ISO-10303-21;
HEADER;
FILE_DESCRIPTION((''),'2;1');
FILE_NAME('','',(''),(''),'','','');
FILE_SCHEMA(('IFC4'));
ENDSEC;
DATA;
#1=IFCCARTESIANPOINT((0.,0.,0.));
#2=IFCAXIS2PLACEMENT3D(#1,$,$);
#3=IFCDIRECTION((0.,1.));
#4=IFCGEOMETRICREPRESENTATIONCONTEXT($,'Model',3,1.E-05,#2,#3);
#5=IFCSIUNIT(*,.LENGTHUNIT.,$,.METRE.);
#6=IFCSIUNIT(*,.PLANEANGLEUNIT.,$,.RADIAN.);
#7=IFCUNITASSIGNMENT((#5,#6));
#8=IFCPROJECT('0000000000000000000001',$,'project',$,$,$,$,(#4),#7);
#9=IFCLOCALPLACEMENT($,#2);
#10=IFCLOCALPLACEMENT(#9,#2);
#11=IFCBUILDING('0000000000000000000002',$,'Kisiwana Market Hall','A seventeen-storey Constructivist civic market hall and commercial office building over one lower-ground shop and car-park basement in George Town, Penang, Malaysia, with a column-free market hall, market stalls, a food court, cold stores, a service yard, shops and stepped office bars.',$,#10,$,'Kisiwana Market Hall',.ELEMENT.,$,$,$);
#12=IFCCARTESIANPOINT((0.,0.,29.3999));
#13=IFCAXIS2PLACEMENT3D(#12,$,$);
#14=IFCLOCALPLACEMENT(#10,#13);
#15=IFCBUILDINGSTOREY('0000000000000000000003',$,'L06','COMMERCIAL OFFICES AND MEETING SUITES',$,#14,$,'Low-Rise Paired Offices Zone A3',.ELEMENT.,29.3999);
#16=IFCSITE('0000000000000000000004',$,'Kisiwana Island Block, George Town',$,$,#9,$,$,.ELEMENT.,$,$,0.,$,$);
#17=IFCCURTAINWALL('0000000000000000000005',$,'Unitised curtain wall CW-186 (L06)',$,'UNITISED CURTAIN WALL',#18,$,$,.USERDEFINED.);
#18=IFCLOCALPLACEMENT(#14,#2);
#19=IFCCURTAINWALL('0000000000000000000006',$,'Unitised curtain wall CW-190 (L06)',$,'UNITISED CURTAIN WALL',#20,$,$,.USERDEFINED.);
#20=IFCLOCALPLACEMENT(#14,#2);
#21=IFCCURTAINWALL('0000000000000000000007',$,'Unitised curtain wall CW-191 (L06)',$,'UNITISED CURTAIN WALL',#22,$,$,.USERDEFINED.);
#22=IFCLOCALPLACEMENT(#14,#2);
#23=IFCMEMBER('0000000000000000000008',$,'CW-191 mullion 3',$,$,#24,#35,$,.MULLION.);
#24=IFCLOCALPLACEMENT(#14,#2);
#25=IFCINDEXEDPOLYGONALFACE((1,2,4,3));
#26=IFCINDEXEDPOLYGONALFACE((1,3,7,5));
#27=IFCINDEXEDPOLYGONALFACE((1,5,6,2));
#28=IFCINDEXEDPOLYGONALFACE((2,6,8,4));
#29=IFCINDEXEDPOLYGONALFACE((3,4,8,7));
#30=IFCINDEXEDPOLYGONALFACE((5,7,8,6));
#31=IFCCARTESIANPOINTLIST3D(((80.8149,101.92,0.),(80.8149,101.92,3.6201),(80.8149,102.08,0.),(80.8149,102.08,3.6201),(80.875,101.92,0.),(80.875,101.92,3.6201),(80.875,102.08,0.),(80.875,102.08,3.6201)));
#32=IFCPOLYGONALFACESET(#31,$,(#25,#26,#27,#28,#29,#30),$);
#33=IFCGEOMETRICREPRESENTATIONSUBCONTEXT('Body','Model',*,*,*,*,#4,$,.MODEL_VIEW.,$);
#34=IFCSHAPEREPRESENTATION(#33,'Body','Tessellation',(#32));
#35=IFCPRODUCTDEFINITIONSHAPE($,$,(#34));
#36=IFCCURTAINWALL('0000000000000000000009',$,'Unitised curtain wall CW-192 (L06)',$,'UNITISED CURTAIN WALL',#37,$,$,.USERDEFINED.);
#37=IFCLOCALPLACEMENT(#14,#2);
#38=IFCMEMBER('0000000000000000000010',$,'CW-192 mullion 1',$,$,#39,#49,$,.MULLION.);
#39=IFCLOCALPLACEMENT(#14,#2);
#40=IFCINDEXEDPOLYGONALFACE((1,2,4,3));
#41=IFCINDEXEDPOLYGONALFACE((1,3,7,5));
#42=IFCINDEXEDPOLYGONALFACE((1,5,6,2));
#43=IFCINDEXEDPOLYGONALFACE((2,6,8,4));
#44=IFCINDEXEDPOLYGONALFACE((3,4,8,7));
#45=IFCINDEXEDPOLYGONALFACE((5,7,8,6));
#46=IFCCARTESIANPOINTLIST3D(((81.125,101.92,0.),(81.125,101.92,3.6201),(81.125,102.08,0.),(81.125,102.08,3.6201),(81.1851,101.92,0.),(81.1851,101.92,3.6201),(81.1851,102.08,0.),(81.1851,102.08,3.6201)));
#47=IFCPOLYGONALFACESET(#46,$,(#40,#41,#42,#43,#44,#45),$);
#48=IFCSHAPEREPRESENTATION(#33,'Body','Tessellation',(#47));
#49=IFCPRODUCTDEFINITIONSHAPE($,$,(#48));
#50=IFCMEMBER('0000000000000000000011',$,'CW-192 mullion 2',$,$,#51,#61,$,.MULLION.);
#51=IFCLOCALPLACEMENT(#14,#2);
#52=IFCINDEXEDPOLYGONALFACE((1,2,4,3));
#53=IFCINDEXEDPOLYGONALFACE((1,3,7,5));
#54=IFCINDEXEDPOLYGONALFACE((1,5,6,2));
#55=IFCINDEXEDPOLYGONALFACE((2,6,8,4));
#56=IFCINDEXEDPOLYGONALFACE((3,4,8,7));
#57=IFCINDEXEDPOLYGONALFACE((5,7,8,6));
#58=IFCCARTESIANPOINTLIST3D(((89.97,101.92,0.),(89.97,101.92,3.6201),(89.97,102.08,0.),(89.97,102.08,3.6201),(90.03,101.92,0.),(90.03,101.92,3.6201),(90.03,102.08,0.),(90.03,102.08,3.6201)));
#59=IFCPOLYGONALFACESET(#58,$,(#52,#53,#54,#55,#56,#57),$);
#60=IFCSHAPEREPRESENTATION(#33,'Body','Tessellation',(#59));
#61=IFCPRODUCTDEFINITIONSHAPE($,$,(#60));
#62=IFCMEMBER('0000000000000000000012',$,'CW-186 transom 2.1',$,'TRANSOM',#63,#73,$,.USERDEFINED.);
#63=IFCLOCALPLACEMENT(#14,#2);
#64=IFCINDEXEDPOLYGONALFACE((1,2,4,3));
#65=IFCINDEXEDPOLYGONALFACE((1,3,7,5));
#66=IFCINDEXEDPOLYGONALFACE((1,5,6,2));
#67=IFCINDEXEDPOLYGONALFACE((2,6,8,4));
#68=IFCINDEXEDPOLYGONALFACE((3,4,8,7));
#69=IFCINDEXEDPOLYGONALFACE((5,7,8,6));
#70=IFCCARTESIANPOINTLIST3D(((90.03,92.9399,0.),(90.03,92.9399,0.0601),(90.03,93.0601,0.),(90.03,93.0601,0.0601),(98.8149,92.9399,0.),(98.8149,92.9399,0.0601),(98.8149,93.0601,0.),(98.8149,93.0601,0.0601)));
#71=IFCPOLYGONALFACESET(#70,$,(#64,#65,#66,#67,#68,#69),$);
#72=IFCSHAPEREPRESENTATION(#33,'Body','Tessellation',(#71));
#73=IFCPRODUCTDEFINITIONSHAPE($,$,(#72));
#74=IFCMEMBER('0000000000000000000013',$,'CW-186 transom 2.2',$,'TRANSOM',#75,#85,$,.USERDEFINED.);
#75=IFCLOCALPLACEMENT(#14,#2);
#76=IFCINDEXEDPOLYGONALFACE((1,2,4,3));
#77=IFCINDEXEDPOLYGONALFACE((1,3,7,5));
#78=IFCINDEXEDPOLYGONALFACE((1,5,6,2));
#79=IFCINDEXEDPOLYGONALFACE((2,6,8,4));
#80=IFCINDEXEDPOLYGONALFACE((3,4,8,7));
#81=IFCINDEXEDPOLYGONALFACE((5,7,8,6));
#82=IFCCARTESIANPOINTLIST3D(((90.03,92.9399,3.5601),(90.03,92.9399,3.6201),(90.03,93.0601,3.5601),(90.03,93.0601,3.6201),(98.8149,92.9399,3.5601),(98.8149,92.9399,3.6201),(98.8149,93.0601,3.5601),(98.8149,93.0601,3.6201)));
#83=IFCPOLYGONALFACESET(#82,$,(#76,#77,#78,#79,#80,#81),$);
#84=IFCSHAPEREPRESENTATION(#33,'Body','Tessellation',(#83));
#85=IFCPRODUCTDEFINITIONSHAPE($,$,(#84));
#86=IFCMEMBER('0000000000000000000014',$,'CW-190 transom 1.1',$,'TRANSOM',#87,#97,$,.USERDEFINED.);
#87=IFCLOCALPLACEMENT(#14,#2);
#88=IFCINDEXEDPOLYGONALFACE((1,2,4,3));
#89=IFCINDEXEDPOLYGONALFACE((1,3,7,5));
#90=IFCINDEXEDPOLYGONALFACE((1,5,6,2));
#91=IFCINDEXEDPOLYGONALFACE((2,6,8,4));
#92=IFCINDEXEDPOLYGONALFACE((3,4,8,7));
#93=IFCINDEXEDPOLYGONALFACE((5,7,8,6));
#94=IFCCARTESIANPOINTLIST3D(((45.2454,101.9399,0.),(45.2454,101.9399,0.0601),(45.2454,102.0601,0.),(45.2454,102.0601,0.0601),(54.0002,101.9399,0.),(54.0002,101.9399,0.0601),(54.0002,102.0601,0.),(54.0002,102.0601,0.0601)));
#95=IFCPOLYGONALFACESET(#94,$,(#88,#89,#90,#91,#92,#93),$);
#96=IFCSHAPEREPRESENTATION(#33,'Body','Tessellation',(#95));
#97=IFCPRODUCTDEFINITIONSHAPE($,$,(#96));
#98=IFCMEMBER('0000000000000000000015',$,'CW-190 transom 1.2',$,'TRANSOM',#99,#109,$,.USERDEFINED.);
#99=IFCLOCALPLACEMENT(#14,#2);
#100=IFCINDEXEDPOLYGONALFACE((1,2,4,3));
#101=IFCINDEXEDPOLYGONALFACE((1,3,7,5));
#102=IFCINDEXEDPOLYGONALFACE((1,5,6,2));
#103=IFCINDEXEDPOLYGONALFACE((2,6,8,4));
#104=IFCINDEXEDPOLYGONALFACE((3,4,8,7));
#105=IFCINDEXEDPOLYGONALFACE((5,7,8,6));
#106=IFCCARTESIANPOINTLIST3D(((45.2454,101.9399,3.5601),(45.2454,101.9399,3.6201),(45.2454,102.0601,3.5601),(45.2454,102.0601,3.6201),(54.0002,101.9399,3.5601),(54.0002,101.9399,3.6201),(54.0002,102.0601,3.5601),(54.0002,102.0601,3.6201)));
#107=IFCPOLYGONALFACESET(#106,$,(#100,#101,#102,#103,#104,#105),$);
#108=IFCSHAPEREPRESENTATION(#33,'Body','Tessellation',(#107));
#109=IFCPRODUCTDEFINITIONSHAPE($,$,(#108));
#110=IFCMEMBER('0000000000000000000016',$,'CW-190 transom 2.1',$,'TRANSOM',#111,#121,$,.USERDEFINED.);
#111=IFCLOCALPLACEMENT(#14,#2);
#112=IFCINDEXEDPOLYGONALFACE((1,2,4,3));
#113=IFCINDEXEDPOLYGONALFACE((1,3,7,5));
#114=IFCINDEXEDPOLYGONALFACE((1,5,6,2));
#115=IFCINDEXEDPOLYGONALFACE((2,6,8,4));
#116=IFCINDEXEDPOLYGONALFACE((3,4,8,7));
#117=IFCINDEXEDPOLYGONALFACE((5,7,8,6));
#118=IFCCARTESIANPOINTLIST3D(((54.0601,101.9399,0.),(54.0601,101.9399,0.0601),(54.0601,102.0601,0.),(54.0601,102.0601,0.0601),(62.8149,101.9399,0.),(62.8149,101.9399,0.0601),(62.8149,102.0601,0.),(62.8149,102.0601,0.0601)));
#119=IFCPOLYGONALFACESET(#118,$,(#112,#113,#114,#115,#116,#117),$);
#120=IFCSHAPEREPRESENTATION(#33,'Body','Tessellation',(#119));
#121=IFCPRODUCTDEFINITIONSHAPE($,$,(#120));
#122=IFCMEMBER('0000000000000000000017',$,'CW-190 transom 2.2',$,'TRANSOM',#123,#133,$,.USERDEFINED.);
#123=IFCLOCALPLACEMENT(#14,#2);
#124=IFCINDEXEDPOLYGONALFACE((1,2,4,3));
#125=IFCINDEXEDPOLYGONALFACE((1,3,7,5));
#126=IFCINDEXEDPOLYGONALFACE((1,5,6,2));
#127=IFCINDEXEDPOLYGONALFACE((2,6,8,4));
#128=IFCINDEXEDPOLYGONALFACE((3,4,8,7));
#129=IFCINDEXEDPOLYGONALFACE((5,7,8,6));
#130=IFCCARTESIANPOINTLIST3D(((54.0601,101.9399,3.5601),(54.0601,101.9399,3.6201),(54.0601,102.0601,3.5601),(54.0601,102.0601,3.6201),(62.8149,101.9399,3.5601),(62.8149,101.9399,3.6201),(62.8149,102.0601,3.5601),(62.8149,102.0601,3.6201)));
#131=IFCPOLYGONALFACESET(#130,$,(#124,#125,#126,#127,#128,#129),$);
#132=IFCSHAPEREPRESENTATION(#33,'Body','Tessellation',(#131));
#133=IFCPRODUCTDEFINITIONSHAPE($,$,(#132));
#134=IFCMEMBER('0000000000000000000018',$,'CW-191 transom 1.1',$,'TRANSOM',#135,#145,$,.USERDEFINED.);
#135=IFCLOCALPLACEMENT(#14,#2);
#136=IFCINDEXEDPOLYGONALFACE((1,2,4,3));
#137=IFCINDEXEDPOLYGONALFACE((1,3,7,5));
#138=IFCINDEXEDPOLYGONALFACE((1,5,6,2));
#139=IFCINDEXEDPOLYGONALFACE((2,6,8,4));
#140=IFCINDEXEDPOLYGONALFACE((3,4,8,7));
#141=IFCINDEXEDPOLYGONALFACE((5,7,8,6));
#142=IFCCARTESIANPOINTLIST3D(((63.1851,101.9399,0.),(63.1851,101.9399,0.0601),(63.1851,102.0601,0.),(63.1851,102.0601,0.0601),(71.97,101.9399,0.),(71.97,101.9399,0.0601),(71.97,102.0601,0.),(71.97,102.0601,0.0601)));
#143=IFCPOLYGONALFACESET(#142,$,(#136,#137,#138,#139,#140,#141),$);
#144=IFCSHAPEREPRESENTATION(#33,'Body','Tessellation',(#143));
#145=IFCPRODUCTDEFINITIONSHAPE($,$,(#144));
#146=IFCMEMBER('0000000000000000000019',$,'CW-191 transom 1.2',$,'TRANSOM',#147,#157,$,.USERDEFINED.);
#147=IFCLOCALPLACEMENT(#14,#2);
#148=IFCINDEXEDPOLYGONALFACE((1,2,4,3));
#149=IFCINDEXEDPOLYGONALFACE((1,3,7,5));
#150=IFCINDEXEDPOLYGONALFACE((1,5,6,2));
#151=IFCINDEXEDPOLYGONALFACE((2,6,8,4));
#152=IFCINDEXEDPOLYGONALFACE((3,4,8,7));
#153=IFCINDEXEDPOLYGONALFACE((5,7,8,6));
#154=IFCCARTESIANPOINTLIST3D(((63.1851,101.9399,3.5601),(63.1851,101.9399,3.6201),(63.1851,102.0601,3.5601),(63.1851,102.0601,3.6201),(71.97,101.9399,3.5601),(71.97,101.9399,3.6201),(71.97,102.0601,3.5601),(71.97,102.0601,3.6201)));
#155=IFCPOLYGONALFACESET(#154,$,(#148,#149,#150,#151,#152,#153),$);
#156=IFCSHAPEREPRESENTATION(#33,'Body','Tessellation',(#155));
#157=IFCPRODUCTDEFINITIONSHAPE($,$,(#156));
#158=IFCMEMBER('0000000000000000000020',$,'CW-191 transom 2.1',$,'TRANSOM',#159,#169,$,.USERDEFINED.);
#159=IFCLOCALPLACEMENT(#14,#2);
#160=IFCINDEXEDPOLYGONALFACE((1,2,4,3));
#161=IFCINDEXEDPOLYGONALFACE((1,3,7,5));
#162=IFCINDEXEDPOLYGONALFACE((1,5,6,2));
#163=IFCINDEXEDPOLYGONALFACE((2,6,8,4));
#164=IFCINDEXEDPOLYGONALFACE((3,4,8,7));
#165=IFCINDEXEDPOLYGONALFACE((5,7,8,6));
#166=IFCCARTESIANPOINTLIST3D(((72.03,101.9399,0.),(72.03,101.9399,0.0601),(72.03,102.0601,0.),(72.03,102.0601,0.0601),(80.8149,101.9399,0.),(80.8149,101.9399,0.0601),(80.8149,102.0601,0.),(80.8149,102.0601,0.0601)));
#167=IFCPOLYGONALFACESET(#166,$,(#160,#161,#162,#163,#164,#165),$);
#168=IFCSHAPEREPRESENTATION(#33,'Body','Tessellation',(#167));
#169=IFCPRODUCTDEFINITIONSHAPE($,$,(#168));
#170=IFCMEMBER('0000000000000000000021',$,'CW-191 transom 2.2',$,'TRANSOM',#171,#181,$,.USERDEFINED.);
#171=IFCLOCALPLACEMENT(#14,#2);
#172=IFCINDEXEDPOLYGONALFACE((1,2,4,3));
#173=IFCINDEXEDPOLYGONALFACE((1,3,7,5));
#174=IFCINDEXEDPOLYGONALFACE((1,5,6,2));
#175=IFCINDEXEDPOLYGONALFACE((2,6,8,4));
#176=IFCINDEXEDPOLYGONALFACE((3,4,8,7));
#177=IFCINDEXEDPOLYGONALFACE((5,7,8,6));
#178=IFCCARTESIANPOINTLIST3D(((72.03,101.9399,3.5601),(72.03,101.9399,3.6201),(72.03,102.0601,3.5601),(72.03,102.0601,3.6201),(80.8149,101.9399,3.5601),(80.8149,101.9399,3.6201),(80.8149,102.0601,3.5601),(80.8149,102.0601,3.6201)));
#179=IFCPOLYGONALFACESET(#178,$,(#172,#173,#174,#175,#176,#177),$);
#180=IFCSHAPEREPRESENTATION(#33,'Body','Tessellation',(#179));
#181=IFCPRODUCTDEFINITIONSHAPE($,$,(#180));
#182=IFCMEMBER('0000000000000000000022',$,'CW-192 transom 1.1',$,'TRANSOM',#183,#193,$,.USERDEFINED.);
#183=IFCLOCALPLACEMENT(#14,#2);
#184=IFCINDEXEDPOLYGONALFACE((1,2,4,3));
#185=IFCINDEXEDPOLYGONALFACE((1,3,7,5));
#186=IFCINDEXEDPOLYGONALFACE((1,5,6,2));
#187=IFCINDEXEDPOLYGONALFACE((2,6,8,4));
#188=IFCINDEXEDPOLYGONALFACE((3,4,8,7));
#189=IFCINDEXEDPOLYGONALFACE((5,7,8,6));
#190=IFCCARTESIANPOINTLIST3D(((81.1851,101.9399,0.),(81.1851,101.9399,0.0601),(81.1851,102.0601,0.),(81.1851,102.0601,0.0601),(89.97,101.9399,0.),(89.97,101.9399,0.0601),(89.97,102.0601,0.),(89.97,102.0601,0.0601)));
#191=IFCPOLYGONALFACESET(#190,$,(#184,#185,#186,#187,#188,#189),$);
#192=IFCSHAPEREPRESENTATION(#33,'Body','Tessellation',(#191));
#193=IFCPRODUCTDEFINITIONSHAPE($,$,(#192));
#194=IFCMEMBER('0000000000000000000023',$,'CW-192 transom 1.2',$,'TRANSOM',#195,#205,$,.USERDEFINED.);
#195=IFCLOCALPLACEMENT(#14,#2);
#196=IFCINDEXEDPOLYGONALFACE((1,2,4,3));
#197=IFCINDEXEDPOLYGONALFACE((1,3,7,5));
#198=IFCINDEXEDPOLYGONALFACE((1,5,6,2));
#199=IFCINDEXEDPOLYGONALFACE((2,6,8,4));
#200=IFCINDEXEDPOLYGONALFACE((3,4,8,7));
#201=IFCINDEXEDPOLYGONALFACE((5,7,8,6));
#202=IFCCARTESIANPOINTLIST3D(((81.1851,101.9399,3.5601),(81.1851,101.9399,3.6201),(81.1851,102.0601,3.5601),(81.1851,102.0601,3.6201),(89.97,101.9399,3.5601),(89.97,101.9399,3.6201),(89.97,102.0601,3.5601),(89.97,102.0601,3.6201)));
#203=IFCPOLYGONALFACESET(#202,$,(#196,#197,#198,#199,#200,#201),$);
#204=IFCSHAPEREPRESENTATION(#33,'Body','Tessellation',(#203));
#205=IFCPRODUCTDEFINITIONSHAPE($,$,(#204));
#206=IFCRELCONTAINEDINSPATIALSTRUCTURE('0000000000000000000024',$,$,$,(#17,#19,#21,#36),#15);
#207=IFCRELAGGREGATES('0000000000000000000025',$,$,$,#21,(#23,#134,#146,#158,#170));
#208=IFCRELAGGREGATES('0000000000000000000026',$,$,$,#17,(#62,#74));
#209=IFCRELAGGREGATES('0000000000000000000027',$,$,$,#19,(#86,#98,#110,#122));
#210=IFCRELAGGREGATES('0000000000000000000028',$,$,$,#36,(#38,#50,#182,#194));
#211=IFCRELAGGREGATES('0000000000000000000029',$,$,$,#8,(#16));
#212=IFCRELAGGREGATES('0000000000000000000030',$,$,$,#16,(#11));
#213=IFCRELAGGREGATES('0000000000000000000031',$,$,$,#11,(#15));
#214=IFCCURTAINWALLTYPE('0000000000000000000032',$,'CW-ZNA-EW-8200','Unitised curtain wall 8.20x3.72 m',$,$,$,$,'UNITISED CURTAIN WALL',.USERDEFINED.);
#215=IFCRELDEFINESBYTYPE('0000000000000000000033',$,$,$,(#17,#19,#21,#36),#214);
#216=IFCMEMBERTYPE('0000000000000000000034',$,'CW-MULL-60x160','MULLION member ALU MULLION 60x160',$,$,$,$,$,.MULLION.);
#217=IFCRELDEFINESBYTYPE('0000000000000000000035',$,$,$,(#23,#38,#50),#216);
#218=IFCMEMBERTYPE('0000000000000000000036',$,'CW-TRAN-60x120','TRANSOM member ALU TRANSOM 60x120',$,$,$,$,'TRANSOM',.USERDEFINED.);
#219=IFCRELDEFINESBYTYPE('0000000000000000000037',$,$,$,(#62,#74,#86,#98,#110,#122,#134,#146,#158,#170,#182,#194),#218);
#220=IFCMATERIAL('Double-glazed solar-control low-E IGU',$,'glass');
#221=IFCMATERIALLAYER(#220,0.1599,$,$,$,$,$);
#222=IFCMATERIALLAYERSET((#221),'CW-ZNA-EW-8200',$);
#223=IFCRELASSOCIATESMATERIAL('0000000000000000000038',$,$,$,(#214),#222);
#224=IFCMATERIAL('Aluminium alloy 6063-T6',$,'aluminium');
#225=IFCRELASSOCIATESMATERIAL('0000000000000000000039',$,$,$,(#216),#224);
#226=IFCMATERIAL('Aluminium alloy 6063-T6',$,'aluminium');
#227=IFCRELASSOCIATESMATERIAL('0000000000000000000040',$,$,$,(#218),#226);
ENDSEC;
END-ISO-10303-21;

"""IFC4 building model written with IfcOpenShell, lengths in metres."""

from ifc_helpers import new_model, si_unit, direction, frame, origin, origin_2d, place, context, subcontext, project, spatial, rectangle, extrude, material, layer, layer_set, material_profile, profile_set, type_object, element, aggregate, save


model = new_model("IFC4")

# Units and contexts
model_context = context("Model", 3, precision=1e-05, world=origin(), true_north=direction((0.0, 1.0)))
body_context = subcontext(model_context, "Body", "Model", "MODEL_VIEW")
ifc_project = project(units=[si_unit("LENGTHUNIT", "METRE"), si_unit("PLANEANGLEUNIT", "RADIAN")], contexts=[model_context])

# Site, building, storey
site_placement = place(None, origin())
site = spatial("IfcSite", under=ifc_project, at=site_placement, Name="Kisiwana Island Block, George Town", CompositionType="ELEMENT", RefElevation=0.0)
building_placement = place(site_placement, origin())
building = spatial("IfcBuilding", under=site, at=building_placement, Name="Kisiwana Market Hall", Description="A seventeen-storey Constructivist civic market hall and commercial office building over one lower-ground shop and car-park basement in George Town, Penang, Malaysia, with a column-free market hall, market stalls, a food court, cold stores, a service yard, shops and stepped office bars.", LongName="Kisiwana Market Hall", CompositionType="ELEMENT")
storey_placement = place(building_placement, frame((0.0, 0.0, 29.3999)))
storey = spatial("IfcBuildingStorey", under=building, at=storey_placement, Name="L06", Description="COMMERCIAL OFFICES AND MEETING SUITES", LongName="Low-Rise Paired Offices Zone A3", CompositionType="ELEMENT", Elevation=29.3999)

# Curtain wall
ifc_material_1 = material(Name="Double-glazed solar-control low-E IGU", Category="glass")
ifc_layer_1 = layer(ifc_material_1, 0.1599)
ifc_layer_set_1 = layer_set([ifc_layer_1], Name="CW-ZNA-EW-8200")
curtain_wall_type = type_object("IfcCurtainWallType", Name="CW-ZNA-EW-8200", Description="Unitised curtain wall 8.20x3.72 m", ElementType="UNITISED CURTAIN WALL", PredefinedType="USERDEFINED", material=ifc_layer_set_1)
curtain_wall_1_placement = place(storey_placement, origin())
curtain_wall_1 = element("IfcCurtainWall", 1, at=curtain_wall_1_placement, inside=storey, type_object=curtain_wall_type, Name="Unitised curtain wall CW-186 (L06)", ObjectType="UNITISED CURTAIN WALL", PredefinedType="USERDEFINED")
ifc_material_2 = material(Name="Aluminium alloy 6063-T6", Category="aluminium")
ifc_material_profile_1 = material_profile(ifc_material_2, rectangle(XDim=0.0601, YDim=0.1599, at=origin_2d()), Name="ALU MULLION 60x160")
ifc_profile_set_1 = profile_set([ifc_material_profile_1], Name="Aluminium alloy 6063-T6")
member_type_1 = type_object("IfcMemberType", Name="CW-MULL-60x160", Description="MULLION member ALU MULLION 60x160", PredefinedType="MULLION", material=ifc_profile_set_1)

# Curtain walls, members
curtain_wall_2_placement = place(storey_placement, origin())
curtain_wall_2 = element("IfcCurtainWall", 2, at=curtain_wall_2_placement, inside=storey, type_object=curtain_wall_type, Name="Unitised curtain wall CW-190 (L06)", ObjectType="UNITISED CURTAIN WALL", PredefinedType="USERDEFINED")
curtain_wall_3_placement = place(storey_placement, origin())
curtain_wall_3 = element("IfcCurtainWall", 3, at=curtain_wall_3_placement, inside=storey, type_object=curtain_wall_type, Name="Unitised curtain wall CW-191 (L06)", ObjectType="UNITISED CURTAIN WALL", PredefinedType="USERDEFINED")
member_1_placement = place(storey_placement, frame((80.845, 102.0, 0.0), z_axis=(0.0, 0.0, 1.0), x_axis=(1.0, 0.0, 0.0)))
member_1 = element("IfcMember", 4, at=member_1_placement, type_object=member_type_1, Name="CW-191 mullion 3", PredefinedType="MULLION", context=body_context, shape_type="SweptSolid", body=[
    extrude(rectangle(XDim=0.0601, YDim=0.1599, at=origin_2d()), origin(), (0.0, 0.0, 1.0), 3.6201),
])
curtain_wall_4_placement = place(storey_placement, origin())
curtain_wall_4 = element("IfcCurtainWall", 5, at=curtain_wall_4_placement, inside=storey, type_object=curtain_wall_type, Name="Unitised curtain wall CW-192 (L06)", ObjectType="UNITISED CURTAIN WALL", PredefinedType="USERDEFINED")
member_2_placement = place(storey_placement, frame((81.155, 102.0, 0.0), z_axis=(0.0, 0.0, 1.0), x_axis=(1.0, 0.0, 0.0)))
member_2 = element("IfcMember", 6, at=member_2_placement, type_object=member_type_1, Name="CW-192 mullion 1", PredefinedType="MULLION", context=body_context, shape_type="SweptSolid", body=[
    extrude(rectangle(XDim=0.0601, YDim=0.1599, at=origin_2d()), origin(), (0.0, 0.0, 1.0), 3.6201),
])
member_3_placement = place(storey_placement, frame((90.0, 102.0, 0.0), z_axis=(0.0, 0.0, 1.0), x_axis=(1.0, 0.0, 0.0)))
member_3 = element("IfcMember", 7, at=member_3_placement, type_object=member_type_1, Name="CW-192 mullion 2", PredefinedType="MULLION", context=body_context, shape_type="SweptSolid", body=[
    extrude(rectangle(XDim=0.0601, YDim=0.1599, at=origin_2d()), origin(), (0.0, 0.0, 1.0), 3.6201),
])

# Members
ifc_material_3 = material(Name="Aluminium alloy 6063-T6", Category="aluminium")
ifc_material_profile_2 = material_profile(ifc_material_3, rectangle(XDim=0.1201, YDim=0.0601, at=origin_2d()), Name="ALU TRANSOM 60x120")
ifc_profile_set_2 = profile_set([ifc_material_profile_2], Name="Aluminium alloy 6063-T6")
member_type_2 = type_object("IfcMemberType", Name="CW-TRAN-60x120", Description="TRANSOM member ALU TRANSOM 60x120", ElementType="TRANSOM", PredefinedType="USERDEFINED", material=ifc_profile_set_2)
member_4_placement = place(storey_placement, frame((90.03, 93.0, 0.03), z_axis=(1.0, 0.0, 0.0), x_axis=(0.0, 1.0, 0.0)))
member_4 = element("IfcMember", 8, at=member_4_placement, type_object=member_type_2, Name="CW-186 transom 2.1", ObjectType="TRANSOM", PredefinedType="USERDEFINED", context=body_context, shape_type="SweptSolid", body=[
    extrude(rectangle(XDim=0.1201, YDim=0.0601, at=origin_2d()), origin(), (0.0, 0.0, 1.0), 8.7849),
])
member_5_placement = place(storey_placement, frame((90.03, 93.0, 3.5901), z_axis=(1.0, 0.0, 0.0), x_axis=(0.0, 1.0, 0.0)))
member_5 = element("IfcMember", 9, at=member_5_placement, type_object=member_type_2, Name="CW-186 transom 2.2", ObjectType="TRANSOM", PredefinedType="USERDEFINED", context=body_context, shape_type="SweptSolid", body=[
    extrude(rectangle(XDim=0.1201, YDim=0.0601, at=origin_2d()), origin(), (0.0, 0.0, 1.0), 8.7849),
])
member_6_placement = place(storey_placement, frame((45.2454, 102.0, 0.03), z_axis=(1.0, 0.0, 0.0), x_axis=(0.0, 1.0, 0.0)))
member_6 = element("IfcMember", 10, at=member_6_placement, type_object=member_type_2, Name="CW-190 transom 1.1", ObjectType="TRANSOM", PredefinedType="USERDEFINED", context=body_context, shape_type="SweptSolid", body=[
    extrude(rectangle(XDim=0.1201, YDim=0.0601, at=origin_2d()), origin(), (0.0, 0.0, 1.0), 8.7549),
])
member_7_placement = place(storey_placement, frame((45.2454, 102.0, 3.5901), z_axis=(1.0, 0.0, 0.0), x_axis=(0.0, 1.0, 0.0)))
member_7 = element("IfcMember", 11, at=member_7_placement, type_object=member_type_2, Name="CW-190 transom 1.2", ObjectType="TRANSOM", PredefinedType="USERDEFINED", context=body_context, shape_type="SweptSolid", body=[
    extrude(rectangle(XDim=0.1201, YDim=0.0601, at=origin_2d()), origin(), (0.0, 0.0, 1.0), 8.7549),
])
member_8_placement = place(storey_placement, frame((54.0601, 102.0, 0.03), z_axis=(1.0, 0.0, 0.0), x_axis=(0.0, 1.0, 0.0)))
member_8 = element("IfcMember", 12, at=member_8_placement, type_object=member_type_2, Name="CW-190 transom 2.1", ObjectType="TRANSOM", PredefinedType="USERDEFINED", context=body_context, shape_type="SweptSolid", body=[
    extrude(rectangle(XDim=0.1201, YDim=0.0601, at=origin_2d()), origin(), (0.0, 0.0, 1.0), 8.7549),
])
member_9_placement = place(storey_placement, frame((54.0601, 102.0, 3.5901), z_axis=(1.0, 0.0, 0.0), x_axis=(0.0, 1.0, 0.0)))
member_9 = element("IfcMember", 13, at=member_9_placement, type_object=member_type_2, Name="CW-190 transom 2.2", ObjectType="TRANSOM", PredefinedType="USERDEFINED", context=body_context, shape_type="SweptSolid", body=[
    extrude(rectangle(XDim=0.1201, YDim=0.0601, at=origin_2d()), origin(), (0.0, 0.0, 1.0), 8.7549),
])
member_10_placement = place(storey_placement, frame((63.1851, 102.0, 0.03), z_axis=(1.0, 0.0, 0.0), x_axis=(0.0, 1.0, 0.0)))
member_10 = element("IfcMember", 14, at=member_10_placement, type_object=member_type_2, Name="CW-191 transom 1.1", ObjectType="TRANSOM", PredefinedType="USERDEFINED", context=body_context, shape_type="SweptSolid", body=[
    extrude(rectangle(XDim=0.1201, YDim=0.0601, at=origin_2d()), origin(), (0.0, 0.0, 1.0), 8.7849),
])
member_11_placement = place(storey_placement, frame((63.1851, 102.0, 3.5901), z_axis=(1.0, 0.0, 0.0), x_axis=(0.0, 1.0, 0.0)))
member_11 = element("IfcMember", 15, at=member_11_placement, type_object=member_type_2, Name="CW-191 transom 1.2", ObjectType="TRANSOM", PredefinedType="USERDEFINED", context=body_context, shape_type="SweptSolid", body=[
    extrude(rectangle(XDim=0.1201, YDim=0.0601, at=origin_2d()), origin(), (0.0, 0.0, 1.0), 8.7849),
])
member_12_placement = place(storey_placement, frame((72.03, 102.0, 0.03), z_axis=(1.0, 0.0, 0.0), x_axis=(0.0, 1.0, 0.0)))
member_12 = element("IfcMember", 16, at=member_12_placement, type_object=member_type_2, Name="CW-191 transom 2.1", ObjectType="TRANSOM", PredefinedType="USERDEFINED", context=body_context, shape_type="SweptSolid", body=[
    extrude(rectangle(XDim=0.1201, YDim=0.0601, at=origin_2d()), origin(), (0.0, 0.0, 1.0), 8.7849),
])
member_13_placement = place(storey_placement, frame((72.03, 102.0, 3.5901), z_axis=(1.0, 0.0, 0.0), x_axis=(0.0, 1.0, 0.0)))
member_13 = element("IfcMember", 17, at=member_13_placement, type_object=member_type_2, Name="CW-191 transom 2.2", ObjectType="TRANSOM", PredefinedType="USERDEFINED", context=body_context, shape_type="SweptSolid", body=[
    extrude(rectangle(XDim=0.1201, YDim=0.0601, at=origin_2d()), origin(), (0.0, 0.0, 1.0), 8.7849),
])
member_14_placement = place(storey_placement, frame((81.1851, 102.0, 0.03), z_axis=(1.0, 0.0, 0.0), x_axis=(0.0, 1.0, 0.0)))
member_14 = element("IfcMember", 18, at=member_14_placement, type_object=member_type_2, Name="CW-192 transom 1.1", ObjectType="TRANSOM", PredefinedType="USERDEFINED", context=body_context, shape_type="SweptSolid", body=[
    extrude(rectangle(XDim=0.1201, YDim=0.0601, at=origin_2d()), origin(), (0.0, 0.0, 1.0), 8.7849),
])
member_15_placement = place(storey_placement, frame((81.1851, 102.0, 3.5901), z_axis=(1.0, 0.0, 0.0), x_axis=(0.0, 1.0, 0.0)))
member_15 = element("IfcMember", 19, at=member_15_placement, type_object=member_type_2, Name="CW-192 transom 1.2", ObjectType="TRANSOM", PredefinedType="USERDEFINED", context=body_context, shape_type="SweptSolid", body=[
    extrude(rectangle(XDim=0.1201, YDim=0.0601, at=origin_2d()), origin(), (0.0, 0.0, 1.0), 8.7849),
])

aggregate(curtain_wall_3, [member_1, member_10, member_11, member_12, member_13])
aggregate(curtain_wall_1, [member_4, member_5])
aggregate(curtain_wall_2, [member_6, member_7, member_8, member_9])
aggregate(curtain_wall_4, [member_2, member_3, member_14, member_15])

save(model, "model.ifc")
